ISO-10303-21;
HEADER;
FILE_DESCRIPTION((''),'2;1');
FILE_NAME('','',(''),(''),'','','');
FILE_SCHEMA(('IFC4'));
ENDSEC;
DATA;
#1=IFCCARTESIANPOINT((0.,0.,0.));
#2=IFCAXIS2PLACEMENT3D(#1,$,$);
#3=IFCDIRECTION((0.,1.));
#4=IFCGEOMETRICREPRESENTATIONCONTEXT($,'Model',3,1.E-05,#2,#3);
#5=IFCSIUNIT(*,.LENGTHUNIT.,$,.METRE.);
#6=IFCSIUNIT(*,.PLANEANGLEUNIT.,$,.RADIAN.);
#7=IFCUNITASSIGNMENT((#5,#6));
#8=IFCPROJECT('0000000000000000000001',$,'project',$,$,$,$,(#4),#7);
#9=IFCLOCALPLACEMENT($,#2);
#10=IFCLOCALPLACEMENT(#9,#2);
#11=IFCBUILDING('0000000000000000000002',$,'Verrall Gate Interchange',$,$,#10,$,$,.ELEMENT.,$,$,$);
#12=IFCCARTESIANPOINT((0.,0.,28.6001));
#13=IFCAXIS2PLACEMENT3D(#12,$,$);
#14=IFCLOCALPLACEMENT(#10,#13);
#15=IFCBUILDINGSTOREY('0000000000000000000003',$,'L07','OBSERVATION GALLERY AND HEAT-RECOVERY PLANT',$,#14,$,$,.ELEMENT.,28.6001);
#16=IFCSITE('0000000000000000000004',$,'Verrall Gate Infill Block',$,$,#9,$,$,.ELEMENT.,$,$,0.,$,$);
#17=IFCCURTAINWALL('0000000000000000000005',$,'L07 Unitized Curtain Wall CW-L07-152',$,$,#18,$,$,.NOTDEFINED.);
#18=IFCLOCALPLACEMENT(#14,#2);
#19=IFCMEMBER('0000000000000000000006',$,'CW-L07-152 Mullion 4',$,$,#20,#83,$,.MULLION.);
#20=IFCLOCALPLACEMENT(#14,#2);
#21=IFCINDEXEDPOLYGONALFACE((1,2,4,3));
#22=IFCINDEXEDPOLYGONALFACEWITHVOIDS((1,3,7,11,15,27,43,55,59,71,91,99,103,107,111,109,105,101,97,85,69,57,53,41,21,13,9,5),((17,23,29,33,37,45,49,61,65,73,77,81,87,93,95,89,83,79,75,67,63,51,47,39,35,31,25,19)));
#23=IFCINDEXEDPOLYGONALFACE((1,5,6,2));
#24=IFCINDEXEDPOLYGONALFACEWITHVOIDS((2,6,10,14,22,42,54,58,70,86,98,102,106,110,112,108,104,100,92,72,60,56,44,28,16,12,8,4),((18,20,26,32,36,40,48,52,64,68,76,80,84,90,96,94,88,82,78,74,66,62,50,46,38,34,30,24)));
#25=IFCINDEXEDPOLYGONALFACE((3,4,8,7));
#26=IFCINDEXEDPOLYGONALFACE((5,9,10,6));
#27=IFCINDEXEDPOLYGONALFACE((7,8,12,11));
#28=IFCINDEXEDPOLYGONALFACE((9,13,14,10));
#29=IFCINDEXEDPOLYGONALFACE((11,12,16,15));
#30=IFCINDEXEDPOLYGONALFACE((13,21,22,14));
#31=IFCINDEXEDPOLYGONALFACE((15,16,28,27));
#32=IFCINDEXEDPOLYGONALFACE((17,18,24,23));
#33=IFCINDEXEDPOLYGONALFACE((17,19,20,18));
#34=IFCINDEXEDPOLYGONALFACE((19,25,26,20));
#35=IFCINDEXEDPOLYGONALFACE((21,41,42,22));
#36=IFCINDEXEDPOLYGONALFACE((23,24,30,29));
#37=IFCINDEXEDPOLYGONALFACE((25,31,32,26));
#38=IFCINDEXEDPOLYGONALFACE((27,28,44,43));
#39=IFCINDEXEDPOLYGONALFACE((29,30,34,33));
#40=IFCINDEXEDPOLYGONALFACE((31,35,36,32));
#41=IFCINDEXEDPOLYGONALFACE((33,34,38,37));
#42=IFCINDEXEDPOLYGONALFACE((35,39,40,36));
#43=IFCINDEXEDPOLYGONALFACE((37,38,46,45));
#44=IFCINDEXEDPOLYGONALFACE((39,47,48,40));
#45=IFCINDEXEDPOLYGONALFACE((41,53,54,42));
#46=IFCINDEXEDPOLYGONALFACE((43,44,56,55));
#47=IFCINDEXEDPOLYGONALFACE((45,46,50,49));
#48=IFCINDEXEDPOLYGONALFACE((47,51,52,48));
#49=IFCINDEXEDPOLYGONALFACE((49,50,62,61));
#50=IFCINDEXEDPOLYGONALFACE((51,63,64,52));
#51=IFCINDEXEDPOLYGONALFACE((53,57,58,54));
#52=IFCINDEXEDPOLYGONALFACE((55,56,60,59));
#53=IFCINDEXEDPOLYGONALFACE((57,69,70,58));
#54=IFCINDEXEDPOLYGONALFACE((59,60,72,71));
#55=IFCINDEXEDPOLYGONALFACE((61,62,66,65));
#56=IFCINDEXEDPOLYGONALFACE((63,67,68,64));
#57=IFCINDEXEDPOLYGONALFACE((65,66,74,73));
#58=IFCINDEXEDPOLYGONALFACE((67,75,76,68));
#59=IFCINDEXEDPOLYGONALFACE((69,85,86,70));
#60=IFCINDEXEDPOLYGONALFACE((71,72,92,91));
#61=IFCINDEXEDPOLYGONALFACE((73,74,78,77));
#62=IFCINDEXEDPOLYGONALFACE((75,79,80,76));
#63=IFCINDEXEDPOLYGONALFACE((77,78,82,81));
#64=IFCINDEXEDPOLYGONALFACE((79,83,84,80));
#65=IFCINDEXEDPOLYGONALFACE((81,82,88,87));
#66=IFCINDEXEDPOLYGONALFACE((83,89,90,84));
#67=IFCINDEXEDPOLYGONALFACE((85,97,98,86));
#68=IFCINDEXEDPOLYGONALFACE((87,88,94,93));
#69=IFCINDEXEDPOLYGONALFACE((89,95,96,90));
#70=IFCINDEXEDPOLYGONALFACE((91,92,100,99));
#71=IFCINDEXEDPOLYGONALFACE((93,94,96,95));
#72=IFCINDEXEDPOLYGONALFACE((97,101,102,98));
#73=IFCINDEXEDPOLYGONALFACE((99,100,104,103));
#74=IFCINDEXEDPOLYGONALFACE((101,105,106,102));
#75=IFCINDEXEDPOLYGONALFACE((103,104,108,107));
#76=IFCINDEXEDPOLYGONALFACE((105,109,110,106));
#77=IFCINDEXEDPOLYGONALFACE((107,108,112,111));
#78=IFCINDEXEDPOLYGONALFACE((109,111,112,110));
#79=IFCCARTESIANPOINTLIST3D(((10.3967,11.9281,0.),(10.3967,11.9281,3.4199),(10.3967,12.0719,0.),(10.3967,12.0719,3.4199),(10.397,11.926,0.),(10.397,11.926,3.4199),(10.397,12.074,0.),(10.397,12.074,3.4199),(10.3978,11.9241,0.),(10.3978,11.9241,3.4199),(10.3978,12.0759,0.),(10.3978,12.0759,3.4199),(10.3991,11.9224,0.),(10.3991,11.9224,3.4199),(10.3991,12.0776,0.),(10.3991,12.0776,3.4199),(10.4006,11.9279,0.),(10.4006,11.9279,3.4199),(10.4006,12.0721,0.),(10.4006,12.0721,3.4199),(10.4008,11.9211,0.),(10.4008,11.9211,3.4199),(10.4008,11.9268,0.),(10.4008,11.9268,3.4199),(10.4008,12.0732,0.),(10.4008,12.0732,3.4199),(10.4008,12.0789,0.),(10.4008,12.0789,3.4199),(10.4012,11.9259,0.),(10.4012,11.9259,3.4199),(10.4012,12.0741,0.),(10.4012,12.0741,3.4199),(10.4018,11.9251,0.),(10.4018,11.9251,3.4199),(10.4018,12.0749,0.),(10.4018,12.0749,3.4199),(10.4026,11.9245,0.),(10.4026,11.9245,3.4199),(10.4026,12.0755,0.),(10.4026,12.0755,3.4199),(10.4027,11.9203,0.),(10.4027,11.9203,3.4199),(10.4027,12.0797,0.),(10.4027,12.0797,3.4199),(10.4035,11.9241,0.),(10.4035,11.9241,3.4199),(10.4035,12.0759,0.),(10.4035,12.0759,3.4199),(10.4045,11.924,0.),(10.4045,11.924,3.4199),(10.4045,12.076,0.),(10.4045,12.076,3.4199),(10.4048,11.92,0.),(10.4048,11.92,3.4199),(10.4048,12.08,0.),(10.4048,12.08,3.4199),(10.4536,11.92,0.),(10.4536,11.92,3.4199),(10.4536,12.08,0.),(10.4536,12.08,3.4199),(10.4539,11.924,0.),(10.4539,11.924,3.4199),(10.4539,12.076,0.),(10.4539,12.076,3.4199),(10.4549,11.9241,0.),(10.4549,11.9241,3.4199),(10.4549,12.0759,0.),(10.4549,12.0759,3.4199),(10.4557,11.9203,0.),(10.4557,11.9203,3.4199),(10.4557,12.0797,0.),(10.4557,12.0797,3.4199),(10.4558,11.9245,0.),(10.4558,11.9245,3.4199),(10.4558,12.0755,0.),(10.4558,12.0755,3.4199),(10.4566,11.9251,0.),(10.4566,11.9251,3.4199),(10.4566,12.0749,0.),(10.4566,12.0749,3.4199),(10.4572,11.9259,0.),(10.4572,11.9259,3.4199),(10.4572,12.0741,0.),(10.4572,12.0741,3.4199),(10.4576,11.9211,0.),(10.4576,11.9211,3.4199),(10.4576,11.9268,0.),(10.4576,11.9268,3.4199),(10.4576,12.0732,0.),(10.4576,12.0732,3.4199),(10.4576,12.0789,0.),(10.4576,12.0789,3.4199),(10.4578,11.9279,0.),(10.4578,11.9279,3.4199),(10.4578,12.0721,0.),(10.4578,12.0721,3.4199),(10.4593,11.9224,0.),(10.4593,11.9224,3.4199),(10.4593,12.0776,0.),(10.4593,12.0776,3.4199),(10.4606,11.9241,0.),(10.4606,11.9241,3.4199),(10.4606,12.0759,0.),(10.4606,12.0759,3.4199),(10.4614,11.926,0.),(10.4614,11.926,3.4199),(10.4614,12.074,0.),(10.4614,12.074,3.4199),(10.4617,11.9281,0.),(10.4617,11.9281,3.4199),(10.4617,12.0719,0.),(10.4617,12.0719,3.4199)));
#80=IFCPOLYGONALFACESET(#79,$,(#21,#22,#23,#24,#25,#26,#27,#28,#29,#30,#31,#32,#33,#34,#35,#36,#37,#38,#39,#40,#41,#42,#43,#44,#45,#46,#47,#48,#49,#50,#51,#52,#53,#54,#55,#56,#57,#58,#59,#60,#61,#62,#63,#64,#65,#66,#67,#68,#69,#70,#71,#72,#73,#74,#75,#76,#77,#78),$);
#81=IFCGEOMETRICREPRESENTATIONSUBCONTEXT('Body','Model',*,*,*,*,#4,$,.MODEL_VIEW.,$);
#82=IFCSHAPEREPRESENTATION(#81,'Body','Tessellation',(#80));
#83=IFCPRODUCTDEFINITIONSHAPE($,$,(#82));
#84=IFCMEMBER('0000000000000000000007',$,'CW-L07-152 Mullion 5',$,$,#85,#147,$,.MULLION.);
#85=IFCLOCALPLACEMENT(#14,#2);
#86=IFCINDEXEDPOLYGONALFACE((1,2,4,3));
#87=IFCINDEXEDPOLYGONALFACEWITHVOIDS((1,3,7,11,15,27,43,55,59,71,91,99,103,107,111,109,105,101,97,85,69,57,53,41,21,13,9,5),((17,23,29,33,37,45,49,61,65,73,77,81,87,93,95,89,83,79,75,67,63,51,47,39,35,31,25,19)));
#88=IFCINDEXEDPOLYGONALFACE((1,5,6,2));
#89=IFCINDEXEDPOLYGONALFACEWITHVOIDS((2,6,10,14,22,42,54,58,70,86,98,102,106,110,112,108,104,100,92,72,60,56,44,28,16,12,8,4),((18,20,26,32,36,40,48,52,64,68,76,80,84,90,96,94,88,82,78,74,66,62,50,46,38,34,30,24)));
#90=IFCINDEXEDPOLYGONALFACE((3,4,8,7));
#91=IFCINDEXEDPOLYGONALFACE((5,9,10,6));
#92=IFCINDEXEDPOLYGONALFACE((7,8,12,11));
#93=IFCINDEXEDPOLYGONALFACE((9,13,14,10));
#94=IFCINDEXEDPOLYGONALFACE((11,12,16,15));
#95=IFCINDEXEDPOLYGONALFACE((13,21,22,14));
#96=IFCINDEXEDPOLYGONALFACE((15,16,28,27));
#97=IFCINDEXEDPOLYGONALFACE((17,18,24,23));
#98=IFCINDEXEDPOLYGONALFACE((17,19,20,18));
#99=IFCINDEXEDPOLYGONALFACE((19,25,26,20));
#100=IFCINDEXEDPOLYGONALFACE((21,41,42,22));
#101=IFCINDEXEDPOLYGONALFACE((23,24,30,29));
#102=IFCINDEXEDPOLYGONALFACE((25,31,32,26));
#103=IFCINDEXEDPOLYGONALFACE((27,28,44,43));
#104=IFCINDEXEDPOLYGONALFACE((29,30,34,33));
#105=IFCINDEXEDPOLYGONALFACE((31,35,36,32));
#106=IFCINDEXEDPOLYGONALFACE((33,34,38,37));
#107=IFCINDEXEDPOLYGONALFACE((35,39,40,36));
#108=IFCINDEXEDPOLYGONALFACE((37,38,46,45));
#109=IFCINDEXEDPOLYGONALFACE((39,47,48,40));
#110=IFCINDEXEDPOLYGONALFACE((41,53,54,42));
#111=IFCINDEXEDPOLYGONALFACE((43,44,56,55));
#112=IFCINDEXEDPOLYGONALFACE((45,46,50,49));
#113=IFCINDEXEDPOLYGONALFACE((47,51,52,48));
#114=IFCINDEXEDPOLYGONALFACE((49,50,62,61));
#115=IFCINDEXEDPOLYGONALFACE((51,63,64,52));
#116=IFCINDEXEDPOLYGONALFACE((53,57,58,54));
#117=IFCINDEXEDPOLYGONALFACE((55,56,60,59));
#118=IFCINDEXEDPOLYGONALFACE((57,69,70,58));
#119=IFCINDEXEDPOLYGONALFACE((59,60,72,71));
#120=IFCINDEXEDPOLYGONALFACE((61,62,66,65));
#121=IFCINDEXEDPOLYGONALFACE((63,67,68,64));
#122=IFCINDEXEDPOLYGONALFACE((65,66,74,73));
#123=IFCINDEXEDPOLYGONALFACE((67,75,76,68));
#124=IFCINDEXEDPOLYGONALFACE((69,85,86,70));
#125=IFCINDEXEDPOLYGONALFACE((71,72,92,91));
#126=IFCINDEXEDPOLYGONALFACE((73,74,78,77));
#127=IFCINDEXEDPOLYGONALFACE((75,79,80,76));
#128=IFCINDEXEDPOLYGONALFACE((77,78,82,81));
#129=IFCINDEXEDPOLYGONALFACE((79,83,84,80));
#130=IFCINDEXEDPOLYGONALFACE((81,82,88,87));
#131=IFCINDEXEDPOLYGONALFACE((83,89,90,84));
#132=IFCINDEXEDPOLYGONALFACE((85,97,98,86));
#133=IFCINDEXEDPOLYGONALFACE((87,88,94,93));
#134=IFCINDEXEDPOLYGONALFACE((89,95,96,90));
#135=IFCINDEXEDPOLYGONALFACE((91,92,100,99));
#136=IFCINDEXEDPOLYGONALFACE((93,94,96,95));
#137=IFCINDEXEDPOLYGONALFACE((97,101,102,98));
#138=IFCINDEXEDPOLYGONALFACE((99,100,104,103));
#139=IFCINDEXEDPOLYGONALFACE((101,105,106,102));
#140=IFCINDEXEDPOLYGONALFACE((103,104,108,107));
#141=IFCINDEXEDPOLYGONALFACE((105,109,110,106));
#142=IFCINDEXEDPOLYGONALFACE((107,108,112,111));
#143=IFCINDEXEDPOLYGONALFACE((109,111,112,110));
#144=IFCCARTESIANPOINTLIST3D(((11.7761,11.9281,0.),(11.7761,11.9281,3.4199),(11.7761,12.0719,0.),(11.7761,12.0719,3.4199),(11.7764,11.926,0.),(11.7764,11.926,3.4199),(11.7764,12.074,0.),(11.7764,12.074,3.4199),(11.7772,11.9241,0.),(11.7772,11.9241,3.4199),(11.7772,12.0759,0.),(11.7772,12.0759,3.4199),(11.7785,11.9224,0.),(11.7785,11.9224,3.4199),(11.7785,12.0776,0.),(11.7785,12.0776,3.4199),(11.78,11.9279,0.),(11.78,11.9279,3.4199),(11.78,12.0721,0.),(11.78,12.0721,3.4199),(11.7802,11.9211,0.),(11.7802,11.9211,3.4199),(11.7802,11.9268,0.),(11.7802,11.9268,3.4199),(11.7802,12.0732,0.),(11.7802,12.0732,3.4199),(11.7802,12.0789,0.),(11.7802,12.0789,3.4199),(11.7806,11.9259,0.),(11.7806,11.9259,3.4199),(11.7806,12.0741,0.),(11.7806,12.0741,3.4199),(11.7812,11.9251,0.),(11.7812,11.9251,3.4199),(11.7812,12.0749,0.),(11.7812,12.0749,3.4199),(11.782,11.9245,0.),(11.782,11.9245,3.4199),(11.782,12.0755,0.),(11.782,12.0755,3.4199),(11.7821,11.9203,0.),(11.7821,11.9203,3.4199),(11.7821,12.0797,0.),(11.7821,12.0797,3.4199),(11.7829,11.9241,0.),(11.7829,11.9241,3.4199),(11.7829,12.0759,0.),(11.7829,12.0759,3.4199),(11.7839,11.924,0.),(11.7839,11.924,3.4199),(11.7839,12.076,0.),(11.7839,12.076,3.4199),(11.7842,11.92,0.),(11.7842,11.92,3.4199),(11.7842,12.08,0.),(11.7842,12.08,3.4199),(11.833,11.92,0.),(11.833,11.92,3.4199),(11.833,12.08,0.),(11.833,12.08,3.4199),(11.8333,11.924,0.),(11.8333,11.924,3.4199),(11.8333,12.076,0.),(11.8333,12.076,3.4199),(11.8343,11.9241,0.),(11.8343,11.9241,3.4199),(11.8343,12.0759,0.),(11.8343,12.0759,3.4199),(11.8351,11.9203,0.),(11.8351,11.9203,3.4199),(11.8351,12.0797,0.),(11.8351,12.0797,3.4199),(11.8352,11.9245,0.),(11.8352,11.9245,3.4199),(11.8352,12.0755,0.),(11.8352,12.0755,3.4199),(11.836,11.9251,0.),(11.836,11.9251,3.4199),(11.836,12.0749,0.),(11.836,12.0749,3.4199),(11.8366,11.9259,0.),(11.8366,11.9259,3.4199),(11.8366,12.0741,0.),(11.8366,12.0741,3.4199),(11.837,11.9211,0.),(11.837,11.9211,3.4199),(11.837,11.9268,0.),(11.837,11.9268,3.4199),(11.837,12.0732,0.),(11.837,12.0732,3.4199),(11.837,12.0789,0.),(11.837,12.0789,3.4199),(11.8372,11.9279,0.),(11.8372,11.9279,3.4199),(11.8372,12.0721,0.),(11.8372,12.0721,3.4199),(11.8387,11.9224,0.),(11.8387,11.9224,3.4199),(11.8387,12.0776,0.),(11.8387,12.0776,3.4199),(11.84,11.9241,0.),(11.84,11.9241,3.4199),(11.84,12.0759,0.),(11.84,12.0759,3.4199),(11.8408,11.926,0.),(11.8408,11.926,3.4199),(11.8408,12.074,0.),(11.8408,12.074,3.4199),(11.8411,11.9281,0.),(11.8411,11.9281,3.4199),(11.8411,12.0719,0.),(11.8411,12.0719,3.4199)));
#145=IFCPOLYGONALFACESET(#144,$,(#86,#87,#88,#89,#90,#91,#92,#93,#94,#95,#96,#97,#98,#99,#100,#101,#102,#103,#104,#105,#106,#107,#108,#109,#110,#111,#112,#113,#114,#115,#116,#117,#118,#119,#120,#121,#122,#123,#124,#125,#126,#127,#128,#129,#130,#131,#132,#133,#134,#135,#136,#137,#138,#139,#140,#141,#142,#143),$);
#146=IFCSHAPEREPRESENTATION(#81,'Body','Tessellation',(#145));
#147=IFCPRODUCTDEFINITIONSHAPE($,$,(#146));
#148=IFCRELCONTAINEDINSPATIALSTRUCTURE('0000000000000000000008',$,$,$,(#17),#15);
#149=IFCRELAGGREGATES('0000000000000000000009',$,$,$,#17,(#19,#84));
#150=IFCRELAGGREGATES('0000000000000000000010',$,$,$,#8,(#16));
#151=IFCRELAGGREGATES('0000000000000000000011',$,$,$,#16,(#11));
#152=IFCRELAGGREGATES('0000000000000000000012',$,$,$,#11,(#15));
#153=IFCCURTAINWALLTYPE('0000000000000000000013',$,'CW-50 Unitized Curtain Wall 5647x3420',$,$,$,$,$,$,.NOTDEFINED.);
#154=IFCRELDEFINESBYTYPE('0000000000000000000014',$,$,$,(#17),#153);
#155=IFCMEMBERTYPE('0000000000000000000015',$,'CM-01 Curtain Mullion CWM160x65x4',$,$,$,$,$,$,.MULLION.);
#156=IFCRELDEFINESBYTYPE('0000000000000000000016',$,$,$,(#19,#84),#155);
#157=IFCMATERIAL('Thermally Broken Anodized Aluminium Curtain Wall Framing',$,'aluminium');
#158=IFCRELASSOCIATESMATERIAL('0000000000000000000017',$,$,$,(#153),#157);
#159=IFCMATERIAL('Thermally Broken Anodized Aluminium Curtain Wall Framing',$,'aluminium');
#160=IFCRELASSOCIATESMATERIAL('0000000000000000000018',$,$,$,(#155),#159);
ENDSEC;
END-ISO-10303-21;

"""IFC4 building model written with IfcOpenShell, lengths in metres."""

from ifc_helpers import new_model, si_unit, direction, frame, origin, origin_2d, place, context, subcontext, project, spatial, hollow_rectangle, extrude, material, material_profile, profile_set, type_object, element, aggregate, save


model = new_model("IFC4")

# Units and contexts
model_context = context("Model", 3, precision=1e-05, world=origin(), true_north=direction((0.0, 1.0)))
body_context = subcontext(model_context, "Body", "Model", "MODEL_VIEW")
ifc_project = project(units=[si_unit("LENGTHUNIT", "METRE"), si_unit("PLANEANGLEUNIT", "RADIAN")], contexts=[model_context])

# Site, building, storey
site_placement = place(None, origin())
site = spatial("IfcSite", under=ifc_project, at=site_placement, Name="Verrall Gate Infill Block", CompositionType="ELEMENT", RefElevation=0.0)
building_placement = place(site_placement, origin())
building = spatial("IfcBuilding", under=site, at=building_placement, Name="Verrall Gate Interchange", CompositionType="ELEMENT")
storey_placement = place(building_placement, frame((0.0, 0.0, 28.6001)))
storey = spatial("IfcBuildingStorey", under=building, at=storey_placement, Name="L07", Description="OBSERVATION GALLERY AND HEAT-RECOVERY PLANT", CompositionType="ELEMENT", Elevation=28.6001)

# Curtain wall, members
ifc_material_1 = material(Name="Thermally Broken Anodized Aluminium Curtain Wall Framing", Category="aluminium")
curtain_wall_type = type_object("IfcCurtainWallType", Name="CW-50 Unitized Curtain Wall 5647x3420", PredefinedType="NOTDEFINED", material=ifc_material_1)
curtain_wall_1_placement = place(storey_placement, origin())
curtain_wall_1 = element("IfcCurtainWall", 1, at=curtain_wall_1_placement, inside=storey, type_object=curtain_wall_type, Name="L07 Unitized Curtain Wall CW-L07-152", PredefinedType="NOTDEFINED")
ifc_material_2 = material(Name="Thermally Broken Anodized Aluminium Curtain Wall Framing", Category="aluminium")
ifc_material_profile_1 = material_profile(ifc_material_2, hollow_rectangle(XDim=0.0649, YDim=0.1599, WallThickness=0.0039, InnerFilletRadius=0.0039, OuterFilletRadius=0.0081, at=origin_2d()), Name="CWM160x65x4")
ifc_profile_set_1 = profile_set([ifc_material_profile_1], Name="Thermally Broken Anodized Aluminium Curtain Wall Framing")
member_type_1 = type_object("IfcMemberType", Name="CM-01 Curtain Mullion CWM160x65x4", PredefinedType="MULLION", material=ifc_profile_set_1)
member_1_placement = place(storey_placement, frame((10.4292, 12.0, 0.0), z_axis=(0.0, 0.0, 1.0), x_axis=(1.0, 0.0, 0.0)))
member_1 = element("IfcMember", 2, at=member_1_placement, type_object=member_type_1, Name="CW-L07-152 Mullion 4", PredefinedType="MULLION", context=body_context, shape_type="SweptSolid", body=[
    extrude(hollow_rectangle(XDim=0.0649, YDim=0.1599, WallThickness=0.0039, InnerFilletRadius=0.0039, OuterFilletRadius=0.0081, at=origin_2d()), origin(), (0.0, 0.0, 1.0), 3.4199),
])
member_2_placement = place(storey_placement, frame((11.8086, 12.0, 0.0), z_axis=(0.0, 0.0, 1.0), x_axis=(1.0, 0.0, 0.0)))
member_2 = element("IfcMember", 3, at=member_2_placement, type_object=member_type_1, Name="CW-L07-152 Mullion 5", PredefinedType="MULLION", context=body_context, shape_type="SweptSolid", body=[
    extrude(hollow_rectangle(XDim=0.0649, YDim=0.1599, WallThickness=0.0039, InnerFilletRadius=0.0039, OuterFilletRadius=0.0081, at=origin_2d()), origin(), (0.0, 0.0, 1.0), 3.4199),
])

aggregate(curtain_wall_1, [member_1, member_2])

save(model, "model.ifc")
